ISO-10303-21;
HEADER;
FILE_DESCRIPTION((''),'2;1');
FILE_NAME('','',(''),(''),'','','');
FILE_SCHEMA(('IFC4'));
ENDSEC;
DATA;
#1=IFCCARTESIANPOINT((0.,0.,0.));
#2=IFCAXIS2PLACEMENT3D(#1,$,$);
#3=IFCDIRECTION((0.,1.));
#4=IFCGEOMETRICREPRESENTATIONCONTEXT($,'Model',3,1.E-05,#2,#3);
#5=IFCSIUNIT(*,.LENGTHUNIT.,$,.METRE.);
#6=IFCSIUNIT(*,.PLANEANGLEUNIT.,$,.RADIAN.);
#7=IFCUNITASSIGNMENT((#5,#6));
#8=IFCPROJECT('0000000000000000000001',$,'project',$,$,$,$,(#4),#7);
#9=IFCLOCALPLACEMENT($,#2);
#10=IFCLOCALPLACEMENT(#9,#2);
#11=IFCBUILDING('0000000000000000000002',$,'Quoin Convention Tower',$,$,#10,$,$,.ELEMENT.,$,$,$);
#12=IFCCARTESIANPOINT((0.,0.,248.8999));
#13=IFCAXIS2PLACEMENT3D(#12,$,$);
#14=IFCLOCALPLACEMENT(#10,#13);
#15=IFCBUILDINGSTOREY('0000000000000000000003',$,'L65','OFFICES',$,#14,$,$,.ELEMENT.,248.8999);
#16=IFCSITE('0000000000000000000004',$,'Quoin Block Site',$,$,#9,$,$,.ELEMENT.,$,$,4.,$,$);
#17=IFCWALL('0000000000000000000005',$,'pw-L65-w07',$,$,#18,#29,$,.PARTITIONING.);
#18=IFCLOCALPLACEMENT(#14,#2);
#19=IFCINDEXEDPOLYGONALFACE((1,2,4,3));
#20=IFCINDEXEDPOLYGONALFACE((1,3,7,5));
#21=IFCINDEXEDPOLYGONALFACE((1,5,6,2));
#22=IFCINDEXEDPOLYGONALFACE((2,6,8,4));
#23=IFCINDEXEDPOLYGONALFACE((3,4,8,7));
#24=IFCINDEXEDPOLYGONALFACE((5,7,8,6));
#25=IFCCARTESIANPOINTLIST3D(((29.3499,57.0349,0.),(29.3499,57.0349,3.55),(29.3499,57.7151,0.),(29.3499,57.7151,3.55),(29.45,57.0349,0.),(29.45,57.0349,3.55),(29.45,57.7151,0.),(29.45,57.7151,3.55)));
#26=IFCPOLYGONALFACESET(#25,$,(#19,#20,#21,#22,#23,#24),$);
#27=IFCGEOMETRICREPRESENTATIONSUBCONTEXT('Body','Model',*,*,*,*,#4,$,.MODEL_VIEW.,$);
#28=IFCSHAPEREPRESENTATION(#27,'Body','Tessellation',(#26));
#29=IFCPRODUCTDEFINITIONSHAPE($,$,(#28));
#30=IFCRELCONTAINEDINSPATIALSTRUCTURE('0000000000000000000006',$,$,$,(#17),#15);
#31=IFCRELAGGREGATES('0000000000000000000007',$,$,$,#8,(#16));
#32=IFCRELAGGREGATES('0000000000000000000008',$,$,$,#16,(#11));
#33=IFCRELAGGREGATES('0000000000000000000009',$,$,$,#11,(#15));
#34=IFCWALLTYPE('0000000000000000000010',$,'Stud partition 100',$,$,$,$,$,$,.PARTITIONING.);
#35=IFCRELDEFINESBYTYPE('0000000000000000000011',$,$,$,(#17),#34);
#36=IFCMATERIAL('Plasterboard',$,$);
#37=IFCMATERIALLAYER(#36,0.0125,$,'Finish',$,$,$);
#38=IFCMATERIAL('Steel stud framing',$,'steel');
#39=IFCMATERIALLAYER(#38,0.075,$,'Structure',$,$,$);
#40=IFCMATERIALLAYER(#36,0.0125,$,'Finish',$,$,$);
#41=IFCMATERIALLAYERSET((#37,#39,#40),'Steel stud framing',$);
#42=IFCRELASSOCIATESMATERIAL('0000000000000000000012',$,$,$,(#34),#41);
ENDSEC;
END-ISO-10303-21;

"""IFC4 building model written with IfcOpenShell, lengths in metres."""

from ifc_helpers import new_model, si_unit, direction, frame, frame_2d, origin, place, context, subcontext, project, spatial, rectangle, extrude, material, layer, layer_set, type_object, element, save


model = new_model("IFC4")

# Units and contexts
model_context = context("Model", 3, precision=1e-05, world=origin(), true_north=direction((0.0, 1.0)))
body_context = subcontext(model_context, "Body", "Model", "MODEL_VIEW")
ifc_project = project(units=[si_unit("LENGTHUNIT", "METRE"), si_unit("PLANEANGLEUNIT", "RADIAN")], contexts=[model_context])

# Site, building, storey
site_placement = place(None, origin())
site = spatial("IfcSite", under=ifc_project, at=site_placement, Name="Quoin Block Site", CompositionType="ELEMENT", RefElevation=4.0)
building_placement = place(site_placement, origin())
building = spatial("IfcBuilding", under=site, at=building_placement, Name="Quoin Convention Tower", CompositionType="ELEMENT")
storey_placement = place(building_placement, frame((0.0, 0.0, 248.8999)))
storey = spatial("IfcBuildingStorey", under=building, at=storey_placement, Name="L65", Description="OFFICES", CompositionType="ELEMENT", Elevation=248.8999)

# Shared definitions
ifc_material_1 = material(Name="Plasterboard")
ifc_material_2 = material(Name="Steel stud framing", Category="steel")

# Shared definitions
ifc_layer_1 = layer(ifc_material_1, 0.0125, Name="Finish")
ifc_layer_2 = layer(ifc_material_2, 0.075, Name="Structure")
ifc_layer_3 = layer(ifc_material_1, 0.0125, Name="Finish")
ifc_layer_set_1 = layer_set([ifc_layer_1, ifc_layer_2, ifc_layer_3], Name="Steel stud framing")
wall_type_1 = type_object("IfcWallType", Name="Stud partition 100", PredefinedType="PARTITIONING", material=ifc_layer_set_1)

# Wall
wall_1_placement = place(storey_placement, frame((29.3999, 57.7151, 0.0), z_axis=(0.0, 0.0, 1.0), x_axis=(0.0, -1.0, 0.0)))
element("IfcWall", 1, at=wall_1_placement, inside=storey, type_object=wall_type_1, Name="pw-L65-w07", PredefinedType="PARTITIONING", context=body_context, shape_type="SweptSolid", body=[
    extrude(rectangle(XDim=0.6802, YDim=0.1001, at=frame_2d((0.3401, 0.0))), origin(), (0.0, 0.0, 1.0), 3.55),
])

save(model, "model.ifc")
